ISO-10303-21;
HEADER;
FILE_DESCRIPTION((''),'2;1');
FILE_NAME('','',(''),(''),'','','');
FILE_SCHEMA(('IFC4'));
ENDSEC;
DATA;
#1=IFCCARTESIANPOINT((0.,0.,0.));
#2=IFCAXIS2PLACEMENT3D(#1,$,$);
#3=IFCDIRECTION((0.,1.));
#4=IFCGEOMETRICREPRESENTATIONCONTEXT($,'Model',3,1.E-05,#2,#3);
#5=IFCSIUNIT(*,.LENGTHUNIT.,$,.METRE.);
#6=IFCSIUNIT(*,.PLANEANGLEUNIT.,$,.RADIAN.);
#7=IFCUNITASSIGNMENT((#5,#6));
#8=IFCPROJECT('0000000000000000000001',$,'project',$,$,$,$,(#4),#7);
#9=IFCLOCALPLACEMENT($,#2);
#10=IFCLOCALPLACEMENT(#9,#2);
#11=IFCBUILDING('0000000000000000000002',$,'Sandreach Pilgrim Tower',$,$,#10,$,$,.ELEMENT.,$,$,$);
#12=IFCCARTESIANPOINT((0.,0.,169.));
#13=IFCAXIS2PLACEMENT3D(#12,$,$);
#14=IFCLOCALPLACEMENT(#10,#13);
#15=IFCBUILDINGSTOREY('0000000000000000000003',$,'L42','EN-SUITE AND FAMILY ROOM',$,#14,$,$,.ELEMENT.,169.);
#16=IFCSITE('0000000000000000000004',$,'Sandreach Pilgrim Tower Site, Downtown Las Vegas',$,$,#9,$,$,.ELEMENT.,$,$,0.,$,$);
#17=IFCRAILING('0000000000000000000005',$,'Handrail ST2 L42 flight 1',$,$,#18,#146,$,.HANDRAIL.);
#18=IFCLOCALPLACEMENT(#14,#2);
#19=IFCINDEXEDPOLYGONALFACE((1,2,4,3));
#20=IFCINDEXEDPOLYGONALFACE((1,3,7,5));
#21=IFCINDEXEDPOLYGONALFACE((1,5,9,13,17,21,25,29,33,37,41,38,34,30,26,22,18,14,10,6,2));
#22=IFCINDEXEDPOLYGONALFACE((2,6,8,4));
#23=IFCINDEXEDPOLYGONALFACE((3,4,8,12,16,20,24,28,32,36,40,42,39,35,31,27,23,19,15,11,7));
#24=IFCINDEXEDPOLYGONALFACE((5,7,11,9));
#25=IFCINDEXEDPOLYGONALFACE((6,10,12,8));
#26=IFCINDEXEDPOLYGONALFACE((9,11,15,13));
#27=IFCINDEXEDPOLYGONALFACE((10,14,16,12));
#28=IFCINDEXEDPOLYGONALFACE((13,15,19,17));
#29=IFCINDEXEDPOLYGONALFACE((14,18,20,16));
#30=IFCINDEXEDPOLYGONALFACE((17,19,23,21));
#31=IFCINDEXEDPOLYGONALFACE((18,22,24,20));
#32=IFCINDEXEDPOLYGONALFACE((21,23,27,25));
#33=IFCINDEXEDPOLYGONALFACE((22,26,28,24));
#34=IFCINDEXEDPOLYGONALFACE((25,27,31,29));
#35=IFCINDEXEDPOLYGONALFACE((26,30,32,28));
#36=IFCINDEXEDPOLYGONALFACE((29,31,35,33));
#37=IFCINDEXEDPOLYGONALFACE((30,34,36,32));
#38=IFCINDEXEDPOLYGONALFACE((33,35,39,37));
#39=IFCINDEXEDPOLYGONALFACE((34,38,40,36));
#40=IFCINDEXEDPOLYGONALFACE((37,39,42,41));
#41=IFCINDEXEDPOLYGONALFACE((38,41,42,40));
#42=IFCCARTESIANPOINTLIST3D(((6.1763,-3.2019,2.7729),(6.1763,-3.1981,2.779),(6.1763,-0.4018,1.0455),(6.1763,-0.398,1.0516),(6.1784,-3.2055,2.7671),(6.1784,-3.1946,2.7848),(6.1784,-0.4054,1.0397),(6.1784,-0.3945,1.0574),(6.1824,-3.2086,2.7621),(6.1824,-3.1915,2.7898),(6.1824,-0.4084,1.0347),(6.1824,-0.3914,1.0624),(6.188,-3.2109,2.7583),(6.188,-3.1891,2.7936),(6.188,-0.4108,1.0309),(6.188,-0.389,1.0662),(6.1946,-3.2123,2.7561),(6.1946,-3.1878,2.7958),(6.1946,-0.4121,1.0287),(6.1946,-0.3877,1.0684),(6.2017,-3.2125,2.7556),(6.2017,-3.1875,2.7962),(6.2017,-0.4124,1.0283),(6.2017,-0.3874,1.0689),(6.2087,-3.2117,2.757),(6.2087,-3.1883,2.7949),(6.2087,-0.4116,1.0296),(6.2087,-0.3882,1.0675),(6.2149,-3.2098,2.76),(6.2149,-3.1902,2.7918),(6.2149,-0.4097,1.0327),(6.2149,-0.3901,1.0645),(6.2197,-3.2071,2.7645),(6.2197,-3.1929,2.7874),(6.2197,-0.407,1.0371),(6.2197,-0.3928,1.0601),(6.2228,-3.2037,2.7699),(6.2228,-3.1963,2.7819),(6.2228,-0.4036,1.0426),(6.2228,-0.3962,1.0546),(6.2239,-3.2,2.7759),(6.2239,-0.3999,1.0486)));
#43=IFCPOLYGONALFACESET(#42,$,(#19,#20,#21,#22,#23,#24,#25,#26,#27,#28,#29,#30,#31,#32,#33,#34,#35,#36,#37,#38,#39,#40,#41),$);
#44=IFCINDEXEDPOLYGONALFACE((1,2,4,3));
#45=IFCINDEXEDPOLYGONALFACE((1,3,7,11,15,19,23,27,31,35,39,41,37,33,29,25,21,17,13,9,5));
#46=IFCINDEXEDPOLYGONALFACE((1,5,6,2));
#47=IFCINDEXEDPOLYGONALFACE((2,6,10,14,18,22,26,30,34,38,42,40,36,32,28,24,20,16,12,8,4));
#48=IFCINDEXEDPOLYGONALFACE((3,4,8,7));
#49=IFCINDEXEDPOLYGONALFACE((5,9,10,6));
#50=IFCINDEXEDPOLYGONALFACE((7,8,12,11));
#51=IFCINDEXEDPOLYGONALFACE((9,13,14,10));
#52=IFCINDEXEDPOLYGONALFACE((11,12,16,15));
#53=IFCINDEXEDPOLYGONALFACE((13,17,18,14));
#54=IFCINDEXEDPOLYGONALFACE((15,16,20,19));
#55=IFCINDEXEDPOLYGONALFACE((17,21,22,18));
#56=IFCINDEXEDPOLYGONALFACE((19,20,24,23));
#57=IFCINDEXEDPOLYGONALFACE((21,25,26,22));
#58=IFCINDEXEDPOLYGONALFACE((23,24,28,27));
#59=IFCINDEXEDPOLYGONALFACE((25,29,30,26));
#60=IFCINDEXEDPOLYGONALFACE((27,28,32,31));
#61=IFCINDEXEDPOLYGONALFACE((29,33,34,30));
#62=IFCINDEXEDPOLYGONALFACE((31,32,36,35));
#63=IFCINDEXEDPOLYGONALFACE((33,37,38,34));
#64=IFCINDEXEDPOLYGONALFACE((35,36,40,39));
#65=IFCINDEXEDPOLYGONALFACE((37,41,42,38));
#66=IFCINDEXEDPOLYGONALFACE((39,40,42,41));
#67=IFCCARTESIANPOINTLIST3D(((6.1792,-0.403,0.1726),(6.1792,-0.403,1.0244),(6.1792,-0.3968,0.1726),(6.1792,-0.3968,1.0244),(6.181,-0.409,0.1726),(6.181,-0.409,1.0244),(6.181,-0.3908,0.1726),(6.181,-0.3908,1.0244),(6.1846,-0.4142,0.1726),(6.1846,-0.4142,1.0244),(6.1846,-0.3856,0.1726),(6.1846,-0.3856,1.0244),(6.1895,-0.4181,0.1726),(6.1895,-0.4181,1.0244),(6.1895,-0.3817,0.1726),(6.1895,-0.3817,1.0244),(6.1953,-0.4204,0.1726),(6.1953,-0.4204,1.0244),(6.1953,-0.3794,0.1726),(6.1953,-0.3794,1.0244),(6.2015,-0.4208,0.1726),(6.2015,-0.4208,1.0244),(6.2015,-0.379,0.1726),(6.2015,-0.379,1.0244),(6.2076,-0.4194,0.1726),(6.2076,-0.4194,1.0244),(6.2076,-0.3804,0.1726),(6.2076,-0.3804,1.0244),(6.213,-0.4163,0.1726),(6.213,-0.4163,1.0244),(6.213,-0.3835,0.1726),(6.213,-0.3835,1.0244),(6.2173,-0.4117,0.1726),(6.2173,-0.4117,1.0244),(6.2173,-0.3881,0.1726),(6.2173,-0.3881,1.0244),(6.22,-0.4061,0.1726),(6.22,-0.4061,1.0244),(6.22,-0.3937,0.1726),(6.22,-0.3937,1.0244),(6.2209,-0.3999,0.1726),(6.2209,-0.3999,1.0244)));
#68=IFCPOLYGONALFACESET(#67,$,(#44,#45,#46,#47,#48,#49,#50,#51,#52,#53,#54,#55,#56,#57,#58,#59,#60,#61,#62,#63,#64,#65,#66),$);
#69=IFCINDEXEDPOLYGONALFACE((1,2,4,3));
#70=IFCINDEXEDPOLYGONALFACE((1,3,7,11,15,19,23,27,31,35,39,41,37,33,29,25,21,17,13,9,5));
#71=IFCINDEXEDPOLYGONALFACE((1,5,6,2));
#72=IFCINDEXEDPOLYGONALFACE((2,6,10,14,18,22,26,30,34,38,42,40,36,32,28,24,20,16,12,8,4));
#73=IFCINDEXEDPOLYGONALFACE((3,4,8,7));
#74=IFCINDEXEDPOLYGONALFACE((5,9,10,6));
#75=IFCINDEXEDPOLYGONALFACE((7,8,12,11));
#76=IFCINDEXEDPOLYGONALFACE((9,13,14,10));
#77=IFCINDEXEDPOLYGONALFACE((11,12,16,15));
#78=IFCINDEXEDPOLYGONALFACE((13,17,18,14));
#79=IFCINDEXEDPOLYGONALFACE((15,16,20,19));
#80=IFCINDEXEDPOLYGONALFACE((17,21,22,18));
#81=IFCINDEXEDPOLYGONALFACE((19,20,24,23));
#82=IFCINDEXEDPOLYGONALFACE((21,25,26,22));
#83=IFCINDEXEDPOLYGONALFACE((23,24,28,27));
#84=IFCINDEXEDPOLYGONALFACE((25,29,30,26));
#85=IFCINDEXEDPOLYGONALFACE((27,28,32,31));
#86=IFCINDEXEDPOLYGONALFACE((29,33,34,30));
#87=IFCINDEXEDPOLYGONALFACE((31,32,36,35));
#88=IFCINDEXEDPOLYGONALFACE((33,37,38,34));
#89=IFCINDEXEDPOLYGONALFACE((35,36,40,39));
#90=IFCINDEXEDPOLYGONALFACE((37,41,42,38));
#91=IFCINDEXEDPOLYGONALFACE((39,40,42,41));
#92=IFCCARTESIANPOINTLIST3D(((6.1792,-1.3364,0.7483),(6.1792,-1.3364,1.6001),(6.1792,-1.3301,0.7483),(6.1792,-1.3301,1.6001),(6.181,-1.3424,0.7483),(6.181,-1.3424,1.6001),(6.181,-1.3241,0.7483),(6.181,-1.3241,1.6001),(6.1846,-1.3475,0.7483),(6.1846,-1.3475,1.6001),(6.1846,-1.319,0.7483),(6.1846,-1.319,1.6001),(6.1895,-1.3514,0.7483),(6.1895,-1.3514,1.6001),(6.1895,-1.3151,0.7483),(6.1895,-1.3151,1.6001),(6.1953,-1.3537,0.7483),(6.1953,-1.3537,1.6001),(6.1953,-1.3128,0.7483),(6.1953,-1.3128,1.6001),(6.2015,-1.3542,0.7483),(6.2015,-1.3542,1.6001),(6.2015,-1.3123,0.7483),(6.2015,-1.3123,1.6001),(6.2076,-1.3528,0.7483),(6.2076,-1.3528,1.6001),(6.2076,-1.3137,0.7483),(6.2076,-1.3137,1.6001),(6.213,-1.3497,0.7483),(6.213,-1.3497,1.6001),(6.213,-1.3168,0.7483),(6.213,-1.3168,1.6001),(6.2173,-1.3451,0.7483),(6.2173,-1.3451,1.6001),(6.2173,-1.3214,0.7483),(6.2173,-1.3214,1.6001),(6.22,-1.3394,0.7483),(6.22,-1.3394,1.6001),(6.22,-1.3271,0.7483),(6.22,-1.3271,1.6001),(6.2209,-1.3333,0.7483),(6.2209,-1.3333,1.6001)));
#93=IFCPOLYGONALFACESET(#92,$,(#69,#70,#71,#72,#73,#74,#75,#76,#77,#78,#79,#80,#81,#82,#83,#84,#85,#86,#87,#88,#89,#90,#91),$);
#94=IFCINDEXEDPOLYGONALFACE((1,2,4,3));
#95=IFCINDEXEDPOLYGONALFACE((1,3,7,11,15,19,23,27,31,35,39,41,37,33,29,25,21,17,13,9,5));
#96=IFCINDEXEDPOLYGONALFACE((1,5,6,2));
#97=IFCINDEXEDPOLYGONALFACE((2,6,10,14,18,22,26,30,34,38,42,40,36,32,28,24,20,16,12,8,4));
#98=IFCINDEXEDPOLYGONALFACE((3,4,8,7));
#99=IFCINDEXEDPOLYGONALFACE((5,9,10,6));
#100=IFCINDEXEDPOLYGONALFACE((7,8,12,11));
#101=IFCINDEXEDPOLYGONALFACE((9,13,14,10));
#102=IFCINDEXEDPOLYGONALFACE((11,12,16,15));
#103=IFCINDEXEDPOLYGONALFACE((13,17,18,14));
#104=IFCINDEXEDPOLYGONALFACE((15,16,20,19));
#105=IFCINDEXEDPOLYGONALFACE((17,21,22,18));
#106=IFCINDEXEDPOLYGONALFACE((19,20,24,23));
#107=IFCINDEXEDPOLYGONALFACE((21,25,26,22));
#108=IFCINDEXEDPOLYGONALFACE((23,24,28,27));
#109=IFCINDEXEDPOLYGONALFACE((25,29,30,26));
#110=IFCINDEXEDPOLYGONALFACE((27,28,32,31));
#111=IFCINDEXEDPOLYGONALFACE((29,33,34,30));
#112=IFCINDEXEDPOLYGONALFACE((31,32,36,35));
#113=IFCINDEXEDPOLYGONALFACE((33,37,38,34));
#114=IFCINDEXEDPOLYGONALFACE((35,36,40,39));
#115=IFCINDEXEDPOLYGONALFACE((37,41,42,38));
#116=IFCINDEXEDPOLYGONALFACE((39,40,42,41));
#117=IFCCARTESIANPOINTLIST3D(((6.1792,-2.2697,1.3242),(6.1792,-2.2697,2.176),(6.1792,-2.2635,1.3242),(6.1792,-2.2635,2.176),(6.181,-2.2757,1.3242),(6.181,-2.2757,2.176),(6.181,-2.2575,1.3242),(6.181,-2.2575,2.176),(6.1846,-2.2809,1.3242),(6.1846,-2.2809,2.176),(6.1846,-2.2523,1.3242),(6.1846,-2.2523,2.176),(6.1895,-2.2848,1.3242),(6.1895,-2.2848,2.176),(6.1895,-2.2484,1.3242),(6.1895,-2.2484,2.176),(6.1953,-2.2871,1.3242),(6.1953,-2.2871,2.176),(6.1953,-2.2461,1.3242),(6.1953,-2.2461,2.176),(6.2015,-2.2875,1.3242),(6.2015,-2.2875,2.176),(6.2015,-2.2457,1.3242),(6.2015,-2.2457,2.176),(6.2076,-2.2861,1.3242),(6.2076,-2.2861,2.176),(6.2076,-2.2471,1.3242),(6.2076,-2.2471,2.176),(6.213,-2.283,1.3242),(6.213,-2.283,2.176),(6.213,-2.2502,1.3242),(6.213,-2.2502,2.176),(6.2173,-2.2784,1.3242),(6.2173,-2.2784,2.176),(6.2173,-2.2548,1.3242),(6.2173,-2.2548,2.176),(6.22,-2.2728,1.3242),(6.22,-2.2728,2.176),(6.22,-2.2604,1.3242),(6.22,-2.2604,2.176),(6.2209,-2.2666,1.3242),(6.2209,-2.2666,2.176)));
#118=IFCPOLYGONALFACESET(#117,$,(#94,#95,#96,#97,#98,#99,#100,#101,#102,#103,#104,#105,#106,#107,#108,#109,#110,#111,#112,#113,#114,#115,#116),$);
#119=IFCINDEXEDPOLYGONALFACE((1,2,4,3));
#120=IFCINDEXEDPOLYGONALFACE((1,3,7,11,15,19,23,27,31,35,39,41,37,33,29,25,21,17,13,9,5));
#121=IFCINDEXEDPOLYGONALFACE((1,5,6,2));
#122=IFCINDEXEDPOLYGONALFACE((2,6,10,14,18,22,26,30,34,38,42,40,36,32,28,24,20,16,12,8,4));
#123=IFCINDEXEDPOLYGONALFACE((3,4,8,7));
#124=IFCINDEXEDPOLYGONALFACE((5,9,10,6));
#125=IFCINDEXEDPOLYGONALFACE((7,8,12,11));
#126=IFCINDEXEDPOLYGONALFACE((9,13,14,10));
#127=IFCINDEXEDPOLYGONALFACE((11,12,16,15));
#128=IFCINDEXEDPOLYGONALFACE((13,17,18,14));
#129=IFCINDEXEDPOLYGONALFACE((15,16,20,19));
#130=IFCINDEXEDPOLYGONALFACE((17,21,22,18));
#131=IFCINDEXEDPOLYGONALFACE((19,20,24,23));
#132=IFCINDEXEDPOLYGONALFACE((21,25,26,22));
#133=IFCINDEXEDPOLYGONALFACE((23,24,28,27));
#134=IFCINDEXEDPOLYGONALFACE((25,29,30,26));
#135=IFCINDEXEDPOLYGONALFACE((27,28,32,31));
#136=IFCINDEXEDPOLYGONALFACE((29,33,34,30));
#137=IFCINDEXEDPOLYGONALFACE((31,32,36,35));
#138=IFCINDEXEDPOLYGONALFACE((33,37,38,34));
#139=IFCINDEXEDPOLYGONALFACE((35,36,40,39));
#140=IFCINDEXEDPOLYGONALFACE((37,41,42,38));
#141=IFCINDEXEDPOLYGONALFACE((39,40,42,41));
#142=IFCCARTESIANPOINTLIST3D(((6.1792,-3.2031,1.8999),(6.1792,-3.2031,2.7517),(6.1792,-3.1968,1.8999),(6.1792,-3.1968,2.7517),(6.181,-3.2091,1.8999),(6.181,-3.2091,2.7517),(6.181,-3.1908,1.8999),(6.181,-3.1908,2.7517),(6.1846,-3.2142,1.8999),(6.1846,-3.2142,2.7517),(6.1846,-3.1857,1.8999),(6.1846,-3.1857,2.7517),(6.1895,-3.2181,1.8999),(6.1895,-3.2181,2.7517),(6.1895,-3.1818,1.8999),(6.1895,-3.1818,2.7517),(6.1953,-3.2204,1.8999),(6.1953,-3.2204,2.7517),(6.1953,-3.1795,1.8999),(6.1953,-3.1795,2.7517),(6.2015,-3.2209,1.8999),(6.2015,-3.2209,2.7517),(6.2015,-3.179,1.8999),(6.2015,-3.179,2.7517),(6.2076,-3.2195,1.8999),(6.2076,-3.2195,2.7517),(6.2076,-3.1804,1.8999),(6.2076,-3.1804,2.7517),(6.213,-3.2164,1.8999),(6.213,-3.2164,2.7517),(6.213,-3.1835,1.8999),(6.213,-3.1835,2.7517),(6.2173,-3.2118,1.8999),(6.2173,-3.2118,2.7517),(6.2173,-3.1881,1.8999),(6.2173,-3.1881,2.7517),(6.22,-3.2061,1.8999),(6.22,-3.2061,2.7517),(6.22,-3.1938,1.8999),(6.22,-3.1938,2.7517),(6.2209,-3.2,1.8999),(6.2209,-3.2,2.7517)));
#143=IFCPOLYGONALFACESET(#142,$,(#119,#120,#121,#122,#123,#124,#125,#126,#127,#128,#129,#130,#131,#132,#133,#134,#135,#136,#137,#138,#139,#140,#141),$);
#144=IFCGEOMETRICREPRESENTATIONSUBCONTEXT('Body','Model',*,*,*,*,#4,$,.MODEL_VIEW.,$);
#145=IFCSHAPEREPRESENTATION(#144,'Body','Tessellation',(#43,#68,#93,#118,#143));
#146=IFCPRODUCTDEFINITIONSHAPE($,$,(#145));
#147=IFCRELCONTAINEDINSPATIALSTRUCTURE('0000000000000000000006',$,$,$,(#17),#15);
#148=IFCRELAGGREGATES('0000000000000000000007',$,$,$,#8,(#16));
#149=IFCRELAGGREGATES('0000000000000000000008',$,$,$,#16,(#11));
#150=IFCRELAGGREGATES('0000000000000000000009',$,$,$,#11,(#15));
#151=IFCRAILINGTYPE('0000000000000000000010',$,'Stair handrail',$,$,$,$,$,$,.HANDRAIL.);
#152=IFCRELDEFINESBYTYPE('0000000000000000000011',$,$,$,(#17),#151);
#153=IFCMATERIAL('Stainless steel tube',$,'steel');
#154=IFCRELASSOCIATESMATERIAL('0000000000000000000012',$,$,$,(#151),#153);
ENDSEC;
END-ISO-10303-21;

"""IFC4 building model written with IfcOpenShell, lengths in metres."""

from ifc_helpers import new_model, si_unit, direction, frame, origin, origin_2d, place, context, subcontext, project, spatial, circle, extrude, material, type_object, element, save


model = new_model("IFC4")

# Units and contexts
model_context = context("Model", 3, precision=1e-05, world=origin(), true_north=direction((0.0, 1.0)))
body_context = subcontext(model_context, "Body", "Model", "MODEL_VIEW")
ifc_project = project(units=[si_unit("LENGTHUNIT", "METRE"), si_unit("PLANEANGLEUNIT", "RADIAN")], contexts=[model_context])

# Site, building, storey
site_placement = place(None, origin())
site = spatial("IfcSite", under=ifc_project, at=site_placement, Name="Sandreach Pilgrim Tower Site, Downtown Las Vegas", CompositionType="ELEMENT", RefElevation=0.0)
building_placement = place(site_placement, origin())
building = spatial("IfcBuilding", under=site, at=building_placement, Name="Sandreach Pilgrim Tower", CompositionType="ELEMENT")
storey_placement = place(building_placement, frame((0.0, 0.0, 169.0)))
storey = spatial("IfcBuildingStorey", under=building, at=storey_placement, Name="L42", Description="EN-SUITE AND FAMILY ROOM", CompositionType="ELEMENT", Elevation=169.0)

# Railing
ifc_material_1 = material(Name="Stainless steel tube", Category="steel")
railing_type = type_object("IfcRailingType", Name="Stair handrail", PredefinedType="HANDRAIL", material=ifc_material_1)
for number, where, name in (
    (1, (6.2, -0.3999, 0.1726), "Handrail ST2 L42 flight 1"),
):
    element("IfcRailing", number, at=place(storey_placement, frame(where)), inside=storey, type_object=railing_type, Name=name, PredefinedType="HANDRAIL", context=body_context, shape_type="SweptSolid", body=[
        extrude(circle(Radius=0.0239, at=origin_2d()), frame((0.0, 0.0, 0.876), z_axis=(0.0, -0.85109, 0.52502), x_axis=(1.0, 0.0, 0.0)), (0.0, 0.0, 1.0), 3.29),
        extrude(circle(Radius=0.021, at=origin_2d()), origin(), (0.0, 0.0, 1.0), 0.8518),
        extrude(circle(Radius=0.021, at=origin_2d()), frame((0.0, -0.9333, 0.5757)), (0.0, 0.0, 1.0), 0.8518),
        extrude(circle(Radius=0.021, at=origin_2d()), frame((0.0, -1.8667, 1.1516)), (0.0, 0.0, 1.0), 0.8518),
        extrude(circle(Radius=0.021, at=origin_2d()), frame((0.0, -2.8, 1.7273)), (0.0, 0.0, 1.0), 0.8518),
    ])

save(model, "model.ifc")
